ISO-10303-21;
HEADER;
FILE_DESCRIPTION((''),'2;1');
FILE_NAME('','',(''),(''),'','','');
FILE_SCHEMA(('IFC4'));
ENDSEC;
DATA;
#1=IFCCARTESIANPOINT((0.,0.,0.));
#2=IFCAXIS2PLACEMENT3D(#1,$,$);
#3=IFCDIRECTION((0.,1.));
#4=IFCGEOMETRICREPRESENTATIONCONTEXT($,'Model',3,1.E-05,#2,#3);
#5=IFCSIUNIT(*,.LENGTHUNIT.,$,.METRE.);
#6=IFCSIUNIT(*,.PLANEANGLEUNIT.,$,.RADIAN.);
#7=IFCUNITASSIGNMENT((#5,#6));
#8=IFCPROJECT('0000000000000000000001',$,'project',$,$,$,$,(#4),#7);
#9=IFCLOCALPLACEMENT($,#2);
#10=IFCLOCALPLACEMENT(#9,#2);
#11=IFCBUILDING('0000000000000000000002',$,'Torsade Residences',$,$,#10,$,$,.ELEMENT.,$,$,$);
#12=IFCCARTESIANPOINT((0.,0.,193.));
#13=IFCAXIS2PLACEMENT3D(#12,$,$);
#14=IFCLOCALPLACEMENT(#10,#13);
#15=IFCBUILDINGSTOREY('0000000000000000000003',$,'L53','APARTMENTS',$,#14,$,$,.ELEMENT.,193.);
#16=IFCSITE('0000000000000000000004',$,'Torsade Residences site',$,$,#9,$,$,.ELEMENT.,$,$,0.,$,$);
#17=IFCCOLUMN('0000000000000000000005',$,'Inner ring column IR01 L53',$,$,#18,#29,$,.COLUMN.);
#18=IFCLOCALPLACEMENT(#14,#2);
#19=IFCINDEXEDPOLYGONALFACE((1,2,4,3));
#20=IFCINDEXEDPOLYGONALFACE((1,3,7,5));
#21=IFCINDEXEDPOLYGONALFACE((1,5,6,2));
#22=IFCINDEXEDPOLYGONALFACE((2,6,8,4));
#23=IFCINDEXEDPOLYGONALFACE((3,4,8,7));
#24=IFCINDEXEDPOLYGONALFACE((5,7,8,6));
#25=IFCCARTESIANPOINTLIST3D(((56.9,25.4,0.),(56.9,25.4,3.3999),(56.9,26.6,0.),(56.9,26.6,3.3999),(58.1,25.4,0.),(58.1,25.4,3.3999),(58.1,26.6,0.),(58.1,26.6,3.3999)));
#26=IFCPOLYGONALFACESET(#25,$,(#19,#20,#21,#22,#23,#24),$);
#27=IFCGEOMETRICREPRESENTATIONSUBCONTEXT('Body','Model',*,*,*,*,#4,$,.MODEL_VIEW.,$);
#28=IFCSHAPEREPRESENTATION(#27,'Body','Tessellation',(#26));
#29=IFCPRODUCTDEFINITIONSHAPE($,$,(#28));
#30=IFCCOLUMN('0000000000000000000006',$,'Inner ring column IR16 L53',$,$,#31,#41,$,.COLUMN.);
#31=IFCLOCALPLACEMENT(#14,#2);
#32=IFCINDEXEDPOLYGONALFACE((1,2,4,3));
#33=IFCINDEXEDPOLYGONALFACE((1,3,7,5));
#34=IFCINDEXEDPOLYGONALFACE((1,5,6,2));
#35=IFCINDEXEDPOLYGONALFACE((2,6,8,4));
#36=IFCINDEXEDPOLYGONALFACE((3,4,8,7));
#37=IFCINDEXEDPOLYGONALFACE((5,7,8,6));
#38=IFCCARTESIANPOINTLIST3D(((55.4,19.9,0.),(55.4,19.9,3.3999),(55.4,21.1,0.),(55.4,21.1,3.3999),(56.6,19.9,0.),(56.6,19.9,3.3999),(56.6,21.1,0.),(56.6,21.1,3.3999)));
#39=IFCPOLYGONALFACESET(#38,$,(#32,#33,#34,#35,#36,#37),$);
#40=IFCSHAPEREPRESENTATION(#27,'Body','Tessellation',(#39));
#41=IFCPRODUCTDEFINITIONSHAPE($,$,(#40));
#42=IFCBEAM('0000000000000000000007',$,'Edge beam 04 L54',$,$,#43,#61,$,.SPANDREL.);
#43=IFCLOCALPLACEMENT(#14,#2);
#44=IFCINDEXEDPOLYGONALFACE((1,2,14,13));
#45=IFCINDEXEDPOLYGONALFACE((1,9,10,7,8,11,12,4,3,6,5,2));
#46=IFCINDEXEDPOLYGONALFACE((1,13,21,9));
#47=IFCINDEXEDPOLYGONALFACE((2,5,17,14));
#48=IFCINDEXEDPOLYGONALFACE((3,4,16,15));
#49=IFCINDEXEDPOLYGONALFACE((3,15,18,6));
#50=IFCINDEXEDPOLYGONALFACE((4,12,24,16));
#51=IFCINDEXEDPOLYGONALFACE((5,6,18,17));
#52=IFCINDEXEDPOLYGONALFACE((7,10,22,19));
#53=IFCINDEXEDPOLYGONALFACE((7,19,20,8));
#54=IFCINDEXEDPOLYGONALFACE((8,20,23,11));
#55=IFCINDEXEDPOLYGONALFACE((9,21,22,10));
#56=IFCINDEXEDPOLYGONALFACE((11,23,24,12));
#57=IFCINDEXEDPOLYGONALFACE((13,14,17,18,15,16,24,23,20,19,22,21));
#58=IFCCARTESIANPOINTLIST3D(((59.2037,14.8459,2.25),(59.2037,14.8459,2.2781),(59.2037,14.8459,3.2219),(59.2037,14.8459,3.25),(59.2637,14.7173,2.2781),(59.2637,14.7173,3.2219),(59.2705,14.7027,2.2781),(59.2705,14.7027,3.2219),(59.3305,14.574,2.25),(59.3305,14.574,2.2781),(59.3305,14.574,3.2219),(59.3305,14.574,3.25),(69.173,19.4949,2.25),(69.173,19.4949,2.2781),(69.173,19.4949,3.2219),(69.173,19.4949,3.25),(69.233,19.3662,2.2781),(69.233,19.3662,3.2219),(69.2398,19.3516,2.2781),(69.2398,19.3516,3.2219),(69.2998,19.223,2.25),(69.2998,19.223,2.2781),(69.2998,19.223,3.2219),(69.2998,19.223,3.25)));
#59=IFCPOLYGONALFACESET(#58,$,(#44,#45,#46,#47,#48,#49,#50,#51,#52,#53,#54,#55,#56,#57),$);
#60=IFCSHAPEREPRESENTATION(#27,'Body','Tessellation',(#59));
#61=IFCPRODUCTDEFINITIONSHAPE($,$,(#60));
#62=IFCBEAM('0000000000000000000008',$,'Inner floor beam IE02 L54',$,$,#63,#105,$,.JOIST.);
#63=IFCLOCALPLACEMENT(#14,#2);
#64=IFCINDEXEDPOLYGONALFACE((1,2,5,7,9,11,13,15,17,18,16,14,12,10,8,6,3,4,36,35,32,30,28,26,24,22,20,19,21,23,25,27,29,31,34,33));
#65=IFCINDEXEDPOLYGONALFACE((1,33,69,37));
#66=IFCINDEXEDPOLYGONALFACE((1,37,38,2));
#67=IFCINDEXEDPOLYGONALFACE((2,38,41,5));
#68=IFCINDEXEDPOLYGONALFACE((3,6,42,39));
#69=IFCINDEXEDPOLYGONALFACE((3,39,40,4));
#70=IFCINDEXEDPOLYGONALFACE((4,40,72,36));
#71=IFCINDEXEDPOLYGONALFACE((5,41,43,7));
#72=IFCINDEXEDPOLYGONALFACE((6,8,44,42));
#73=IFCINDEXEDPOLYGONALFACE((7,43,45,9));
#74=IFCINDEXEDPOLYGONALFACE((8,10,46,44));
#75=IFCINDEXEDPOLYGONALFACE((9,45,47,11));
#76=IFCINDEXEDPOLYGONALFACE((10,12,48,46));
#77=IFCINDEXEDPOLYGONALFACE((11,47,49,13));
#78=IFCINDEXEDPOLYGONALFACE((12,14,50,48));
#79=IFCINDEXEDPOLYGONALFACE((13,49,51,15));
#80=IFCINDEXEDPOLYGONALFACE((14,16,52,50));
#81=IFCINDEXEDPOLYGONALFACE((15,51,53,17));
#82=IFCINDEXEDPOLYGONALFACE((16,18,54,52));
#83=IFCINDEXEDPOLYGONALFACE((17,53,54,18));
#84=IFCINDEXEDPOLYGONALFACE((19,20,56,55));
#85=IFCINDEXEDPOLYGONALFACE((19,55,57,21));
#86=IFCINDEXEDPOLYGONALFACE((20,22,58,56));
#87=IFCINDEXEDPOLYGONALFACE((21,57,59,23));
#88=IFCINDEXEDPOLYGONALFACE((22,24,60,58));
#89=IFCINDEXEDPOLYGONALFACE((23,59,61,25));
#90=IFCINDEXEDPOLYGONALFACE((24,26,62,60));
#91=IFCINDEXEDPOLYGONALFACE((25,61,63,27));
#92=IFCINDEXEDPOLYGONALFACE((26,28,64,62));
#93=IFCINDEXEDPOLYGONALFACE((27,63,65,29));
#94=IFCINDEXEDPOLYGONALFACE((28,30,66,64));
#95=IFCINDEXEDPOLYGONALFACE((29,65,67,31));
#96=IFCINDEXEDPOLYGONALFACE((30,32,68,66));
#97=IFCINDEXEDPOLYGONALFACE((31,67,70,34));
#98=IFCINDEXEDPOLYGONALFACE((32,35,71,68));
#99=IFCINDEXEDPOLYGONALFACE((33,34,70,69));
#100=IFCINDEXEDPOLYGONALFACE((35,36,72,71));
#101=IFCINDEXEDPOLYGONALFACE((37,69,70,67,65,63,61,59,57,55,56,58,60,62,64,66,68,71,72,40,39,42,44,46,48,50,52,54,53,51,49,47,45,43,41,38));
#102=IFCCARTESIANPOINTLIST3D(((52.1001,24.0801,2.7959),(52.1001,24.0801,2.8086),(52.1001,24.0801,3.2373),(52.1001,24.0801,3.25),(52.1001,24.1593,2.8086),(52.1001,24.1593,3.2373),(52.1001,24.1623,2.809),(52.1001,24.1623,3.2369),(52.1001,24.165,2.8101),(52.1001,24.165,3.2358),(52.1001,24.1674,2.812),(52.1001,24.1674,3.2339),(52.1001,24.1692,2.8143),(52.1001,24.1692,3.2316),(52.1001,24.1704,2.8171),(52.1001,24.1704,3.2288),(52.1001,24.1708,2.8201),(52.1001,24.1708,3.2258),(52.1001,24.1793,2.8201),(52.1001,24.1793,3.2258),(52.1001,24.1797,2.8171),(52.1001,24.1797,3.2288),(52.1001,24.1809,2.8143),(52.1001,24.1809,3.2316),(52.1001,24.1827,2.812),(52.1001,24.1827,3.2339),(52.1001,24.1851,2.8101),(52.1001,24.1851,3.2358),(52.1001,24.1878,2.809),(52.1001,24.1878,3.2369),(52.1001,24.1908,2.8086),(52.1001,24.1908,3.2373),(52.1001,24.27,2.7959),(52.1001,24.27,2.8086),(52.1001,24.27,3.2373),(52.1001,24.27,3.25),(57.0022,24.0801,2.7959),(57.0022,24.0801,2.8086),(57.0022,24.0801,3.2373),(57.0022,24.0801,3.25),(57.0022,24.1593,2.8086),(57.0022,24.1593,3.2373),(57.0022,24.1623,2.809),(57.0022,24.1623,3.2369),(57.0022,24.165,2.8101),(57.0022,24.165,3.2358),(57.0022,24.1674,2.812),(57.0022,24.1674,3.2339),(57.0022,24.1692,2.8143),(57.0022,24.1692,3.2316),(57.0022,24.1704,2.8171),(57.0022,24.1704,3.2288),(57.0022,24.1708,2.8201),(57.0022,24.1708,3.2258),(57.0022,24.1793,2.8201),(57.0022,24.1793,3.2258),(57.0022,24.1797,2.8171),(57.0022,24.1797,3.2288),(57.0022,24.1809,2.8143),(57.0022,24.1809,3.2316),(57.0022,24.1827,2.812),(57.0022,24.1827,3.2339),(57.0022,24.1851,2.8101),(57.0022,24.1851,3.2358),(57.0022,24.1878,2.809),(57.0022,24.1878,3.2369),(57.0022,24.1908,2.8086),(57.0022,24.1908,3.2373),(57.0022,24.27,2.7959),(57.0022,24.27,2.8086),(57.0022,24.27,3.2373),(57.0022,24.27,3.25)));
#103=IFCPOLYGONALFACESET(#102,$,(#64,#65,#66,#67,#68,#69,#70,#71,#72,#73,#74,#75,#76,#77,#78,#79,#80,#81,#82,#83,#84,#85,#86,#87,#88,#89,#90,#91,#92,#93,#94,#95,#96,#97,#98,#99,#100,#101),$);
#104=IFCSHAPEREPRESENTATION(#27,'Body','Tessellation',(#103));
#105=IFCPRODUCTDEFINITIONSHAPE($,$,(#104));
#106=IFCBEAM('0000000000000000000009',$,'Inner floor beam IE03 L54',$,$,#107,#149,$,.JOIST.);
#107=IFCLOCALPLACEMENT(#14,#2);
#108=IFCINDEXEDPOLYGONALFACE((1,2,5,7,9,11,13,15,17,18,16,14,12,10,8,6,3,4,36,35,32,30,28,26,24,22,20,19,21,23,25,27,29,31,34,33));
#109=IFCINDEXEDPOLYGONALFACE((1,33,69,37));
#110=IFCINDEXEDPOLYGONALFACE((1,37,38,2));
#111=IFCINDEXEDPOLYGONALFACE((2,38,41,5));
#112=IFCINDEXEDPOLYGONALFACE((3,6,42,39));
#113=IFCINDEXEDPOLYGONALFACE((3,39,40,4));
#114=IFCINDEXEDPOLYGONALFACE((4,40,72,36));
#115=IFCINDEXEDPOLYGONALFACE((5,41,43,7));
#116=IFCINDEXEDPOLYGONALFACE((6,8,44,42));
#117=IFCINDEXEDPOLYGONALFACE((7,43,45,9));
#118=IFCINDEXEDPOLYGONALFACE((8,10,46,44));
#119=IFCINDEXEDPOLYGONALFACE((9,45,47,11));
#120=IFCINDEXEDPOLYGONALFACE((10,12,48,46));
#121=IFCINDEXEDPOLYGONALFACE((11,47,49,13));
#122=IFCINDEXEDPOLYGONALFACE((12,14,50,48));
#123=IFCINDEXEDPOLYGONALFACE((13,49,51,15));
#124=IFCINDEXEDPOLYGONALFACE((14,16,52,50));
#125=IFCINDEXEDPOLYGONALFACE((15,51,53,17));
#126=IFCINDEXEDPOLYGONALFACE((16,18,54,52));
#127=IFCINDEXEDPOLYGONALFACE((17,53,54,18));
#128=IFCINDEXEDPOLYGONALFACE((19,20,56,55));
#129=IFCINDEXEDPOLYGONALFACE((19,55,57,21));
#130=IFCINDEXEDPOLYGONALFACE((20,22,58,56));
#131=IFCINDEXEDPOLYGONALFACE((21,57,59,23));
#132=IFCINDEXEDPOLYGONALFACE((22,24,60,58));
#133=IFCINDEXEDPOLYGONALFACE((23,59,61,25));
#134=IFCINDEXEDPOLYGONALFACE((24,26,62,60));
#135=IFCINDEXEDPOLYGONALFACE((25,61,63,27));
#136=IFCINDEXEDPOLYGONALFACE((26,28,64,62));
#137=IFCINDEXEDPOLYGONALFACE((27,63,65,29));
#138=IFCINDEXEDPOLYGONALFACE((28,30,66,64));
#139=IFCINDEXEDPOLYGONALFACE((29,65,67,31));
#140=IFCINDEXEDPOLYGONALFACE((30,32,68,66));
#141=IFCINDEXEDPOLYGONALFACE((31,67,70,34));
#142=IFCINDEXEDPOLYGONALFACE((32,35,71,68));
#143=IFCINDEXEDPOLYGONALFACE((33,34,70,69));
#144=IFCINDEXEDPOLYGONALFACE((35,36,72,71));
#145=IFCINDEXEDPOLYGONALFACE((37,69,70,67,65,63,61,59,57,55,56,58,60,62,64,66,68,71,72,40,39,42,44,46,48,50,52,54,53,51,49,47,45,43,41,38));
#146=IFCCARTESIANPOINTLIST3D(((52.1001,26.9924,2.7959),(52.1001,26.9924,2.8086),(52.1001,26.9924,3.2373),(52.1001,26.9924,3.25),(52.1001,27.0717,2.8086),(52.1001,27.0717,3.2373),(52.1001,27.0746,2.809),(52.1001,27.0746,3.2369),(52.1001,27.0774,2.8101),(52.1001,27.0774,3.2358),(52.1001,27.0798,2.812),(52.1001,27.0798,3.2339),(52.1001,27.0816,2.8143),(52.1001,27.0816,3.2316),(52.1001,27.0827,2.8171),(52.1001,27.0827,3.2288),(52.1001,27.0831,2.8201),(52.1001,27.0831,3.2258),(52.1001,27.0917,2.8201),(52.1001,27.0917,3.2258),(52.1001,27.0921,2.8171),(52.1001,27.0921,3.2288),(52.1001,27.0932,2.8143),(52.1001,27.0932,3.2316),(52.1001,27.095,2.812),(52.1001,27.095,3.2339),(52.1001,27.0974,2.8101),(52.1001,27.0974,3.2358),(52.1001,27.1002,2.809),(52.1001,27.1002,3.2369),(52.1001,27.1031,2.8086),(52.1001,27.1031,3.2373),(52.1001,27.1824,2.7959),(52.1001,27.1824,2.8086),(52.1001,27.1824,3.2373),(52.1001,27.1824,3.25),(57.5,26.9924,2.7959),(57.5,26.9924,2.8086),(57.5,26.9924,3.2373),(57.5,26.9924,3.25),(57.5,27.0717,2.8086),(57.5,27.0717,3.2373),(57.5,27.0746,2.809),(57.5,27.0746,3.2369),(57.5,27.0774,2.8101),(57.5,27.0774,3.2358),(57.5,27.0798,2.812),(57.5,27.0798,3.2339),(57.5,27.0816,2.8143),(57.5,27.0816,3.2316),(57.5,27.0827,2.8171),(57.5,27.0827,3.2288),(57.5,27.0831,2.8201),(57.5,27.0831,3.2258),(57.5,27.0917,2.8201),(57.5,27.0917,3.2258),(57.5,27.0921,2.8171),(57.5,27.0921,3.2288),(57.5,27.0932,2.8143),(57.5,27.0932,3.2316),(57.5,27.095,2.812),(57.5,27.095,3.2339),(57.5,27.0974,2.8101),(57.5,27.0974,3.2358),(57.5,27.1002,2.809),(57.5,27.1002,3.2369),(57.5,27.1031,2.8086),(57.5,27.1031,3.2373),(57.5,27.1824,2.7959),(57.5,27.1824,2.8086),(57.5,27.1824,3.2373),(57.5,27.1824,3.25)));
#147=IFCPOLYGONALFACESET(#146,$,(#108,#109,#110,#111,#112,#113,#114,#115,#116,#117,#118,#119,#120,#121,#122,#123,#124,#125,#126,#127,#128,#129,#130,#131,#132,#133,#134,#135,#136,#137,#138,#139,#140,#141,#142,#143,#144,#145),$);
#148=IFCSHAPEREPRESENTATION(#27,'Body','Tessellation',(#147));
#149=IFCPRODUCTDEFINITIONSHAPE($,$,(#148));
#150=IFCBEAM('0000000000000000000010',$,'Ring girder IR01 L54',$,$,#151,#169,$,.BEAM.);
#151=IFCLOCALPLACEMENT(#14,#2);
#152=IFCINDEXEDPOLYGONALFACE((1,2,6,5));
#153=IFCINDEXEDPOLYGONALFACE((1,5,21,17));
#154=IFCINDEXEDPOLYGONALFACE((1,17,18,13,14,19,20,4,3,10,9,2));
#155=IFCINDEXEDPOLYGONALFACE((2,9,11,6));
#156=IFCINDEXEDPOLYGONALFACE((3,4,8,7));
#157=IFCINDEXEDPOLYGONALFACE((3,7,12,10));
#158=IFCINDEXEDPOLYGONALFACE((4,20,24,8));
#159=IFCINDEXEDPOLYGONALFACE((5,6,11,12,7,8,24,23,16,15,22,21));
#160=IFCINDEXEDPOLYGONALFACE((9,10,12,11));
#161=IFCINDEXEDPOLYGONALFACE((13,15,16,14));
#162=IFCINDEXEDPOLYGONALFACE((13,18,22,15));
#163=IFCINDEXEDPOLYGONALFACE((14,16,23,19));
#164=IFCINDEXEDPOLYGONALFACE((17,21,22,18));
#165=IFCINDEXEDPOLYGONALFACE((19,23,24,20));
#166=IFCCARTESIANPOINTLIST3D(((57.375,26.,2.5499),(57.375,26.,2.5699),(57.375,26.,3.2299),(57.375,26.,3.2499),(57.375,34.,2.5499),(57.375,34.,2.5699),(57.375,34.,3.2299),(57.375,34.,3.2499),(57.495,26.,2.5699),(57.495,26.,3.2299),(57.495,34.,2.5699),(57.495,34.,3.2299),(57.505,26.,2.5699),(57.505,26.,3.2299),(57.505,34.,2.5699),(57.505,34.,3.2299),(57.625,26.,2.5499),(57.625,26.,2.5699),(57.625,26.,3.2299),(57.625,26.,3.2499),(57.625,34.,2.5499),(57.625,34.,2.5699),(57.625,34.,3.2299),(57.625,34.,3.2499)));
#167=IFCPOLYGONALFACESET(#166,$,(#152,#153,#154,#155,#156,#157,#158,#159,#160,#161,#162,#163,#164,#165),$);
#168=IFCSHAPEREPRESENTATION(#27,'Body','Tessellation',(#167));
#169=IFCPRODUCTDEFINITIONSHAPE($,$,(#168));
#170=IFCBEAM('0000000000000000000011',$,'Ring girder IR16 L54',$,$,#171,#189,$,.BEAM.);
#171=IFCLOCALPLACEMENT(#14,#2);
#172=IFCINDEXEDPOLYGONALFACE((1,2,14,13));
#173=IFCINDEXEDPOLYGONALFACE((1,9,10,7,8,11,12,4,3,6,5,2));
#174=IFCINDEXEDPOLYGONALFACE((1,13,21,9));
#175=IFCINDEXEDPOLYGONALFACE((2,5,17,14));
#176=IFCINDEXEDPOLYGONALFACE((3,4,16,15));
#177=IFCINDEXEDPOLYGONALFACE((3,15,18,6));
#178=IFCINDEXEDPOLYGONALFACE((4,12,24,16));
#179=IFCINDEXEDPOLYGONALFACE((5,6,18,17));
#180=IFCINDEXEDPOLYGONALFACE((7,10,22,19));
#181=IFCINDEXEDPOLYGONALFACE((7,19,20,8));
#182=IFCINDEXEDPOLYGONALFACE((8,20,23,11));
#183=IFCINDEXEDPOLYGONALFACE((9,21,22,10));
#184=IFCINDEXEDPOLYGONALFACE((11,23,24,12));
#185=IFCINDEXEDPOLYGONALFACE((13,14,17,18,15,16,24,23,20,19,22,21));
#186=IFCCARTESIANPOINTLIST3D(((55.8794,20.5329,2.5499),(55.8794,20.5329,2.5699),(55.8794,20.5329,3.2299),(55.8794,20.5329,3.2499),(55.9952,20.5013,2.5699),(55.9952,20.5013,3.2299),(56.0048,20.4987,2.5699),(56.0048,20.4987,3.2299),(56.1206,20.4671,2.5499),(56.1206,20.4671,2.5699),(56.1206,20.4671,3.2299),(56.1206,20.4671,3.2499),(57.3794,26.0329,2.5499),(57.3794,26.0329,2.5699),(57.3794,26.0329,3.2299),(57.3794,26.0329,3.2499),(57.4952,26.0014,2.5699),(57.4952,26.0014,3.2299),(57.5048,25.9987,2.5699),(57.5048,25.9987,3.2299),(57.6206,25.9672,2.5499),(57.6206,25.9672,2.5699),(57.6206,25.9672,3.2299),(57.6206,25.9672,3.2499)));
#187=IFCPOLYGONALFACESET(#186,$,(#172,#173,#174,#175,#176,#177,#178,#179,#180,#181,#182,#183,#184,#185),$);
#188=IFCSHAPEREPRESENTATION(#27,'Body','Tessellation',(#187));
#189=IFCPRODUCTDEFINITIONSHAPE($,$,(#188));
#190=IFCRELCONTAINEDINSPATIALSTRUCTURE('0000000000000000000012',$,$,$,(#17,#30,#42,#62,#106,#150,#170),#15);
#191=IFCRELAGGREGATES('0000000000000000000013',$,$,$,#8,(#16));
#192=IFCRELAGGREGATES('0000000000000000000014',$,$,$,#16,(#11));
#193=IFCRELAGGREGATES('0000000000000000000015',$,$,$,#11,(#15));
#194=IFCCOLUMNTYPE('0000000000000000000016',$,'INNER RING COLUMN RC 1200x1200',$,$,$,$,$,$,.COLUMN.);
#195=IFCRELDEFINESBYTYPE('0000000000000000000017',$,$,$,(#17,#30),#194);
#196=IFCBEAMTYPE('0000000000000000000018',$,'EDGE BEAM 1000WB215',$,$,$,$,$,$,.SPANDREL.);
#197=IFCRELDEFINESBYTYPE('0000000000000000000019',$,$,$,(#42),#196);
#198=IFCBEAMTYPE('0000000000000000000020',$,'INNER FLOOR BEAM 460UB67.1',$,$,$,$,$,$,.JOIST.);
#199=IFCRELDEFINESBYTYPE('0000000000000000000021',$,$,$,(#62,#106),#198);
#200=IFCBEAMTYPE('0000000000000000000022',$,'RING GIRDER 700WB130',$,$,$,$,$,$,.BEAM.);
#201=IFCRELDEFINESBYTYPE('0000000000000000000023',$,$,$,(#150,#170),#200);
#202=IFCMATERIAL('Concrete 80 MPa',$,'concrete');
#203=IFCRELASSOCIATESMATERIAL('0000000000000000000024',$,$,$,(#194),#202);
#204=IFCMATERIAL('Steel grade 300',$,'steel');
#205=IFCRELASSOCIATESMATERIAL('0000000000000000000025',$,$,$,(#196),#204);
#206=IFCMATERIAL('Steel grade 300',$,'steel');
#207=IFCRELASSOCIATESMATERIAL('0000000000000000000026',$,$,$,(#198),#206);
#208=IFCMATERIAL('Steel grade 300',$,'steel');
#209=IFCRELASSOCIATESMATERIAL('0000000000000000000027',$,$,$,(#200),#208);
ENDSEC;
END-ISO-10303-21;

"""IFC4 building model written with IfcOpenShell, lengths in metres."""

from ifc_helpers import new_model, si_unit, direction, frame, origin, origin_2d, place, context, subcontext, project, spatial, rectangle, i_section, extrude, material, material_profile, profile_set, type_object, element, save


model = new_model("IFC4")

# Units and contexts
model_context = context("Model", 3, precision=1e-05, world=origin(), true_north=direction((0.0, 1.0)))
body_context = subcontext(model_context, "Body", "Model", "MODEL_VIEW")
ifc_project = project(units=[si_unit("LENGTHUNIT", "METRE"), si_unit("PLANEANGLEUNIT", "RADIAN")], contexts=[model_context])

# Site, building, storey
site_placement = place(None, origin())
site = spatial("IfcSite", under=ifc_project, at=site_placement, Name="Torsade Residences site", CompositionType="ELEMENT", RefElevation=0.0)
building_placement = place(site_placement, origin())
building = spatial("IfcBuilding", under=site, at=building_placement, Name="Torsade Residences", CompositionType="ELEMENT")
storey_placement = place(building_placement, frame((0.0, 0.0, 193.0)))
storey = spatial("IfcBuildingStorey", under=building, at=storey_placement, Name="L53", Description="APARTMENTS", CompositionType="ELEMENT", Elevation=193.0)

# Columns
ifc_material_1 = material(Name="Concrete 80 MPa", Category="concrete")
ifc_material_profile_1 = material_profile(ifc_material_1, rectangle(XDim=1.2, YDim=1.2, at=origin_2d()), Name="RC 1200x1200")
ifc_profile_set_1 = profile_set([ifc_material_profile_1], Name="Concrete 80 MPa")
column_type = type_object("IfcColumnType", Name="INNER RING COLUMN RC 1200x1200", PredefinedType="COLUMN", material=ifc_profile_set_1)
for number, where, z_axis, x_axis, name in (
    (1, (57.5, 26.0, 0.0), (0.0, 0.0, 1.0), (1.0, 0.0, 0.0), "Inner ring column IR01 L53"),
    (2, (56.0, 20.5, 0.0), (0.0, 0.0, 1.0), (1.0, 0.0, 0.0), "Inner ring column IR16 L53"),
):
    element("IfcColumn", number, at=place(storey_placement, frame(where, z_axis=z_axis, x_axis=x_axis)), inside=storey, type_object=column_type, Name=name, PredefinedType="COLUMN", context=body_context, shape_type="SweptSolid", body=[
        extrude(rectangle(XDim=1.2, YDim=1.2, at=origin_2d()), origin(), (0.0, 0.0, 1.0), 3.3999),
    ])

# Beams
ifc_material_2 = material(Name="Steel grade 300", Category="steel")
ifc_material_profile_2 = material_profile(ifc_material_2, i_section(OverallWidth=0.3, OverallDepth=1.0, WebThickness=0.0161, FlangeThickness=0.0281, at=origin_2d()), Name="1000WB215")
ifc_profile_set_2 = profile_set([ifc_material_profile_2], Name="Steel grade 300")
beam_type_1 = type_object("IfcBeamType", Name="EDGE BEAM 1000WB215", PredefinedType="SPANDREL", material=ifc_profile_set_2)
beam_1_placement = place(storey_placement, frame((59.2671, 14.71, 2.75), z_axis=(0.906301, 0.422633, 0.0), x_axis=(-0.422633, 0.906301, 0.0)))
element("IfcBeam", 3, at=beam_1_placement, inside=storey, type_object=beam_type_1, Name="Edge beam 04 L54", PredefinedType="SPANDREL", context=body_context, shape_type="SweptSolid", body=[
    extrude(i_section(OverallWidth=0.3, OverallDepth=1.0, WebThickness=0.0161, FlangeThickness=0.0281, at=origin_2d()), origin(), (0.0, 0.0, 1.0), 11.0),
])
ifc_material_3 = material(Name="Steel grade 300", Category="steel")
ifc_material_profile_3 = material_profile(ifc_material_3, i_section(OverallWidth=0.1899, OverallDepth=0.4541, WebThickness=0.0085, FlangeThickness=0.0127, FilletRadius=0.0115, at=origin_2d()), Name="460UB67.1")
ifc_profile_set_3 = profile_set([ifc_material_profile_3], Name="Steel grade 300")
beam_type_2 = type_object("IfcBeamType", Name="INNER FLOOR BEAM 460UB67.1", PredefinedType="JOIST", material=ifc_profile_set_3)
beam_2_placement = place(storey_placement, frame((52.1001, 24.175, 3.0229), z_axis=(1.0, 0.0, 0.0), x_axis=(0.0, 1.0, 0.0)))
element("IfcBeam", 4, at=beam_2_placement, inside=storey, type_object=beam_type_2, Name="Inner floor beam IE02 L54", PredefinedType="JOIST", context=body_context, shape_type="SweptSolid", body=[
    extrude(i_section(OverallWidth=0.1899, OverallDepth=0.4541, WebThickness=0.0085, FlangeThickness=0.0127, FilletRadius=0.0115, at=origin_2d()), origin(), (0.0, 0.0, 1.0), 4.9021),
])
beam_3_placement = place(storey_placement, frame((52.1001, 27.0874, 3.0229), z_axis=(1.0, 0.0, 0.0), x_axis=(0.0, 1.0, 0.0)))
element("IfcBeam", 5, at=beam_3_placement, inside=storey, type_object=beam_type_2, Name="Inner floor beam IE03 L54", PredefinedType="JOIST", context=body_context, shape_type="SweptSolid", body=[
    extrude(i_section(OverallWidth=0.1899, OverallDepth=0.4541, WebThickness=0.0085, FlangeThickness=0.0127, FilletRadius=0.0115, at=origin_2d()), origin(), (0.0, 0.0, 1.0), 5.3999),
])
ifc_material_4 = material(Name="Steel grade 300", Category="steel")
ifc_material_profile_4 = material_profile(ifc_material_4, i_section(OverallWidth=0.25, OverallDepth=0.7, WebThickness=0.01, FlangeThickness=0.02, at=origin_2d()), Name="700WB130")
ifc_profile_set_4 = profile_set([ifc_material_profile_4], Name="Steel grade 300")
beam_type_3 = type_object("IfcBeamType", Name="RING GIRDER 700WB130", PredefinedType="BEAM", material=ifc_profile_set_4)
beam_4_placement = place(storey_placement, frame((57.5, 26.0, 2.8999), z_axis=(0.0, 1.0, 0.0), x_axis=(-1.0, 0.0, 0.0)))
element("IfcBeam", 6, at=beam_4_placement, inside=storey, type_object=beam_type_3, Name="Ring girder IR01 L54", PredefinedType="BEAM", context=body_context, shape_type="SweptSolid", body=[
    extrude(i_section(OverallWidth=0.25, OverallDepth=0.7, WebThickness=0.01, FlangeThickness=0.02, at=origin_2d()), origin(), (0.0, 0.0, 1.0), 8.0),
])
beam_5_placement = place(storey_placement, frame((56.0, 20.5, 2.8999), z_axis=(0.263117, 0.964764, 0.0), x_axis=(-0.964764, 0.263117, 0.0)))
element("IfcBeam", 7, at=beam_5_placement, inside=storey, type_object=beam_type_3, Name="Ring girder IR16 L54", PredefinedType="BEAM", context=body_context, shape_type="SweptSolid", body=[
    extrude(i_section(OverallWidth=0.25, OverallDepth=0.7, WebThickness=0.01, FlangeThickness=0.02, at=origin_2d()), origin(), (0.0, 0.0, 1.0), 5.7009),
])

save(model, "model.ifc")
